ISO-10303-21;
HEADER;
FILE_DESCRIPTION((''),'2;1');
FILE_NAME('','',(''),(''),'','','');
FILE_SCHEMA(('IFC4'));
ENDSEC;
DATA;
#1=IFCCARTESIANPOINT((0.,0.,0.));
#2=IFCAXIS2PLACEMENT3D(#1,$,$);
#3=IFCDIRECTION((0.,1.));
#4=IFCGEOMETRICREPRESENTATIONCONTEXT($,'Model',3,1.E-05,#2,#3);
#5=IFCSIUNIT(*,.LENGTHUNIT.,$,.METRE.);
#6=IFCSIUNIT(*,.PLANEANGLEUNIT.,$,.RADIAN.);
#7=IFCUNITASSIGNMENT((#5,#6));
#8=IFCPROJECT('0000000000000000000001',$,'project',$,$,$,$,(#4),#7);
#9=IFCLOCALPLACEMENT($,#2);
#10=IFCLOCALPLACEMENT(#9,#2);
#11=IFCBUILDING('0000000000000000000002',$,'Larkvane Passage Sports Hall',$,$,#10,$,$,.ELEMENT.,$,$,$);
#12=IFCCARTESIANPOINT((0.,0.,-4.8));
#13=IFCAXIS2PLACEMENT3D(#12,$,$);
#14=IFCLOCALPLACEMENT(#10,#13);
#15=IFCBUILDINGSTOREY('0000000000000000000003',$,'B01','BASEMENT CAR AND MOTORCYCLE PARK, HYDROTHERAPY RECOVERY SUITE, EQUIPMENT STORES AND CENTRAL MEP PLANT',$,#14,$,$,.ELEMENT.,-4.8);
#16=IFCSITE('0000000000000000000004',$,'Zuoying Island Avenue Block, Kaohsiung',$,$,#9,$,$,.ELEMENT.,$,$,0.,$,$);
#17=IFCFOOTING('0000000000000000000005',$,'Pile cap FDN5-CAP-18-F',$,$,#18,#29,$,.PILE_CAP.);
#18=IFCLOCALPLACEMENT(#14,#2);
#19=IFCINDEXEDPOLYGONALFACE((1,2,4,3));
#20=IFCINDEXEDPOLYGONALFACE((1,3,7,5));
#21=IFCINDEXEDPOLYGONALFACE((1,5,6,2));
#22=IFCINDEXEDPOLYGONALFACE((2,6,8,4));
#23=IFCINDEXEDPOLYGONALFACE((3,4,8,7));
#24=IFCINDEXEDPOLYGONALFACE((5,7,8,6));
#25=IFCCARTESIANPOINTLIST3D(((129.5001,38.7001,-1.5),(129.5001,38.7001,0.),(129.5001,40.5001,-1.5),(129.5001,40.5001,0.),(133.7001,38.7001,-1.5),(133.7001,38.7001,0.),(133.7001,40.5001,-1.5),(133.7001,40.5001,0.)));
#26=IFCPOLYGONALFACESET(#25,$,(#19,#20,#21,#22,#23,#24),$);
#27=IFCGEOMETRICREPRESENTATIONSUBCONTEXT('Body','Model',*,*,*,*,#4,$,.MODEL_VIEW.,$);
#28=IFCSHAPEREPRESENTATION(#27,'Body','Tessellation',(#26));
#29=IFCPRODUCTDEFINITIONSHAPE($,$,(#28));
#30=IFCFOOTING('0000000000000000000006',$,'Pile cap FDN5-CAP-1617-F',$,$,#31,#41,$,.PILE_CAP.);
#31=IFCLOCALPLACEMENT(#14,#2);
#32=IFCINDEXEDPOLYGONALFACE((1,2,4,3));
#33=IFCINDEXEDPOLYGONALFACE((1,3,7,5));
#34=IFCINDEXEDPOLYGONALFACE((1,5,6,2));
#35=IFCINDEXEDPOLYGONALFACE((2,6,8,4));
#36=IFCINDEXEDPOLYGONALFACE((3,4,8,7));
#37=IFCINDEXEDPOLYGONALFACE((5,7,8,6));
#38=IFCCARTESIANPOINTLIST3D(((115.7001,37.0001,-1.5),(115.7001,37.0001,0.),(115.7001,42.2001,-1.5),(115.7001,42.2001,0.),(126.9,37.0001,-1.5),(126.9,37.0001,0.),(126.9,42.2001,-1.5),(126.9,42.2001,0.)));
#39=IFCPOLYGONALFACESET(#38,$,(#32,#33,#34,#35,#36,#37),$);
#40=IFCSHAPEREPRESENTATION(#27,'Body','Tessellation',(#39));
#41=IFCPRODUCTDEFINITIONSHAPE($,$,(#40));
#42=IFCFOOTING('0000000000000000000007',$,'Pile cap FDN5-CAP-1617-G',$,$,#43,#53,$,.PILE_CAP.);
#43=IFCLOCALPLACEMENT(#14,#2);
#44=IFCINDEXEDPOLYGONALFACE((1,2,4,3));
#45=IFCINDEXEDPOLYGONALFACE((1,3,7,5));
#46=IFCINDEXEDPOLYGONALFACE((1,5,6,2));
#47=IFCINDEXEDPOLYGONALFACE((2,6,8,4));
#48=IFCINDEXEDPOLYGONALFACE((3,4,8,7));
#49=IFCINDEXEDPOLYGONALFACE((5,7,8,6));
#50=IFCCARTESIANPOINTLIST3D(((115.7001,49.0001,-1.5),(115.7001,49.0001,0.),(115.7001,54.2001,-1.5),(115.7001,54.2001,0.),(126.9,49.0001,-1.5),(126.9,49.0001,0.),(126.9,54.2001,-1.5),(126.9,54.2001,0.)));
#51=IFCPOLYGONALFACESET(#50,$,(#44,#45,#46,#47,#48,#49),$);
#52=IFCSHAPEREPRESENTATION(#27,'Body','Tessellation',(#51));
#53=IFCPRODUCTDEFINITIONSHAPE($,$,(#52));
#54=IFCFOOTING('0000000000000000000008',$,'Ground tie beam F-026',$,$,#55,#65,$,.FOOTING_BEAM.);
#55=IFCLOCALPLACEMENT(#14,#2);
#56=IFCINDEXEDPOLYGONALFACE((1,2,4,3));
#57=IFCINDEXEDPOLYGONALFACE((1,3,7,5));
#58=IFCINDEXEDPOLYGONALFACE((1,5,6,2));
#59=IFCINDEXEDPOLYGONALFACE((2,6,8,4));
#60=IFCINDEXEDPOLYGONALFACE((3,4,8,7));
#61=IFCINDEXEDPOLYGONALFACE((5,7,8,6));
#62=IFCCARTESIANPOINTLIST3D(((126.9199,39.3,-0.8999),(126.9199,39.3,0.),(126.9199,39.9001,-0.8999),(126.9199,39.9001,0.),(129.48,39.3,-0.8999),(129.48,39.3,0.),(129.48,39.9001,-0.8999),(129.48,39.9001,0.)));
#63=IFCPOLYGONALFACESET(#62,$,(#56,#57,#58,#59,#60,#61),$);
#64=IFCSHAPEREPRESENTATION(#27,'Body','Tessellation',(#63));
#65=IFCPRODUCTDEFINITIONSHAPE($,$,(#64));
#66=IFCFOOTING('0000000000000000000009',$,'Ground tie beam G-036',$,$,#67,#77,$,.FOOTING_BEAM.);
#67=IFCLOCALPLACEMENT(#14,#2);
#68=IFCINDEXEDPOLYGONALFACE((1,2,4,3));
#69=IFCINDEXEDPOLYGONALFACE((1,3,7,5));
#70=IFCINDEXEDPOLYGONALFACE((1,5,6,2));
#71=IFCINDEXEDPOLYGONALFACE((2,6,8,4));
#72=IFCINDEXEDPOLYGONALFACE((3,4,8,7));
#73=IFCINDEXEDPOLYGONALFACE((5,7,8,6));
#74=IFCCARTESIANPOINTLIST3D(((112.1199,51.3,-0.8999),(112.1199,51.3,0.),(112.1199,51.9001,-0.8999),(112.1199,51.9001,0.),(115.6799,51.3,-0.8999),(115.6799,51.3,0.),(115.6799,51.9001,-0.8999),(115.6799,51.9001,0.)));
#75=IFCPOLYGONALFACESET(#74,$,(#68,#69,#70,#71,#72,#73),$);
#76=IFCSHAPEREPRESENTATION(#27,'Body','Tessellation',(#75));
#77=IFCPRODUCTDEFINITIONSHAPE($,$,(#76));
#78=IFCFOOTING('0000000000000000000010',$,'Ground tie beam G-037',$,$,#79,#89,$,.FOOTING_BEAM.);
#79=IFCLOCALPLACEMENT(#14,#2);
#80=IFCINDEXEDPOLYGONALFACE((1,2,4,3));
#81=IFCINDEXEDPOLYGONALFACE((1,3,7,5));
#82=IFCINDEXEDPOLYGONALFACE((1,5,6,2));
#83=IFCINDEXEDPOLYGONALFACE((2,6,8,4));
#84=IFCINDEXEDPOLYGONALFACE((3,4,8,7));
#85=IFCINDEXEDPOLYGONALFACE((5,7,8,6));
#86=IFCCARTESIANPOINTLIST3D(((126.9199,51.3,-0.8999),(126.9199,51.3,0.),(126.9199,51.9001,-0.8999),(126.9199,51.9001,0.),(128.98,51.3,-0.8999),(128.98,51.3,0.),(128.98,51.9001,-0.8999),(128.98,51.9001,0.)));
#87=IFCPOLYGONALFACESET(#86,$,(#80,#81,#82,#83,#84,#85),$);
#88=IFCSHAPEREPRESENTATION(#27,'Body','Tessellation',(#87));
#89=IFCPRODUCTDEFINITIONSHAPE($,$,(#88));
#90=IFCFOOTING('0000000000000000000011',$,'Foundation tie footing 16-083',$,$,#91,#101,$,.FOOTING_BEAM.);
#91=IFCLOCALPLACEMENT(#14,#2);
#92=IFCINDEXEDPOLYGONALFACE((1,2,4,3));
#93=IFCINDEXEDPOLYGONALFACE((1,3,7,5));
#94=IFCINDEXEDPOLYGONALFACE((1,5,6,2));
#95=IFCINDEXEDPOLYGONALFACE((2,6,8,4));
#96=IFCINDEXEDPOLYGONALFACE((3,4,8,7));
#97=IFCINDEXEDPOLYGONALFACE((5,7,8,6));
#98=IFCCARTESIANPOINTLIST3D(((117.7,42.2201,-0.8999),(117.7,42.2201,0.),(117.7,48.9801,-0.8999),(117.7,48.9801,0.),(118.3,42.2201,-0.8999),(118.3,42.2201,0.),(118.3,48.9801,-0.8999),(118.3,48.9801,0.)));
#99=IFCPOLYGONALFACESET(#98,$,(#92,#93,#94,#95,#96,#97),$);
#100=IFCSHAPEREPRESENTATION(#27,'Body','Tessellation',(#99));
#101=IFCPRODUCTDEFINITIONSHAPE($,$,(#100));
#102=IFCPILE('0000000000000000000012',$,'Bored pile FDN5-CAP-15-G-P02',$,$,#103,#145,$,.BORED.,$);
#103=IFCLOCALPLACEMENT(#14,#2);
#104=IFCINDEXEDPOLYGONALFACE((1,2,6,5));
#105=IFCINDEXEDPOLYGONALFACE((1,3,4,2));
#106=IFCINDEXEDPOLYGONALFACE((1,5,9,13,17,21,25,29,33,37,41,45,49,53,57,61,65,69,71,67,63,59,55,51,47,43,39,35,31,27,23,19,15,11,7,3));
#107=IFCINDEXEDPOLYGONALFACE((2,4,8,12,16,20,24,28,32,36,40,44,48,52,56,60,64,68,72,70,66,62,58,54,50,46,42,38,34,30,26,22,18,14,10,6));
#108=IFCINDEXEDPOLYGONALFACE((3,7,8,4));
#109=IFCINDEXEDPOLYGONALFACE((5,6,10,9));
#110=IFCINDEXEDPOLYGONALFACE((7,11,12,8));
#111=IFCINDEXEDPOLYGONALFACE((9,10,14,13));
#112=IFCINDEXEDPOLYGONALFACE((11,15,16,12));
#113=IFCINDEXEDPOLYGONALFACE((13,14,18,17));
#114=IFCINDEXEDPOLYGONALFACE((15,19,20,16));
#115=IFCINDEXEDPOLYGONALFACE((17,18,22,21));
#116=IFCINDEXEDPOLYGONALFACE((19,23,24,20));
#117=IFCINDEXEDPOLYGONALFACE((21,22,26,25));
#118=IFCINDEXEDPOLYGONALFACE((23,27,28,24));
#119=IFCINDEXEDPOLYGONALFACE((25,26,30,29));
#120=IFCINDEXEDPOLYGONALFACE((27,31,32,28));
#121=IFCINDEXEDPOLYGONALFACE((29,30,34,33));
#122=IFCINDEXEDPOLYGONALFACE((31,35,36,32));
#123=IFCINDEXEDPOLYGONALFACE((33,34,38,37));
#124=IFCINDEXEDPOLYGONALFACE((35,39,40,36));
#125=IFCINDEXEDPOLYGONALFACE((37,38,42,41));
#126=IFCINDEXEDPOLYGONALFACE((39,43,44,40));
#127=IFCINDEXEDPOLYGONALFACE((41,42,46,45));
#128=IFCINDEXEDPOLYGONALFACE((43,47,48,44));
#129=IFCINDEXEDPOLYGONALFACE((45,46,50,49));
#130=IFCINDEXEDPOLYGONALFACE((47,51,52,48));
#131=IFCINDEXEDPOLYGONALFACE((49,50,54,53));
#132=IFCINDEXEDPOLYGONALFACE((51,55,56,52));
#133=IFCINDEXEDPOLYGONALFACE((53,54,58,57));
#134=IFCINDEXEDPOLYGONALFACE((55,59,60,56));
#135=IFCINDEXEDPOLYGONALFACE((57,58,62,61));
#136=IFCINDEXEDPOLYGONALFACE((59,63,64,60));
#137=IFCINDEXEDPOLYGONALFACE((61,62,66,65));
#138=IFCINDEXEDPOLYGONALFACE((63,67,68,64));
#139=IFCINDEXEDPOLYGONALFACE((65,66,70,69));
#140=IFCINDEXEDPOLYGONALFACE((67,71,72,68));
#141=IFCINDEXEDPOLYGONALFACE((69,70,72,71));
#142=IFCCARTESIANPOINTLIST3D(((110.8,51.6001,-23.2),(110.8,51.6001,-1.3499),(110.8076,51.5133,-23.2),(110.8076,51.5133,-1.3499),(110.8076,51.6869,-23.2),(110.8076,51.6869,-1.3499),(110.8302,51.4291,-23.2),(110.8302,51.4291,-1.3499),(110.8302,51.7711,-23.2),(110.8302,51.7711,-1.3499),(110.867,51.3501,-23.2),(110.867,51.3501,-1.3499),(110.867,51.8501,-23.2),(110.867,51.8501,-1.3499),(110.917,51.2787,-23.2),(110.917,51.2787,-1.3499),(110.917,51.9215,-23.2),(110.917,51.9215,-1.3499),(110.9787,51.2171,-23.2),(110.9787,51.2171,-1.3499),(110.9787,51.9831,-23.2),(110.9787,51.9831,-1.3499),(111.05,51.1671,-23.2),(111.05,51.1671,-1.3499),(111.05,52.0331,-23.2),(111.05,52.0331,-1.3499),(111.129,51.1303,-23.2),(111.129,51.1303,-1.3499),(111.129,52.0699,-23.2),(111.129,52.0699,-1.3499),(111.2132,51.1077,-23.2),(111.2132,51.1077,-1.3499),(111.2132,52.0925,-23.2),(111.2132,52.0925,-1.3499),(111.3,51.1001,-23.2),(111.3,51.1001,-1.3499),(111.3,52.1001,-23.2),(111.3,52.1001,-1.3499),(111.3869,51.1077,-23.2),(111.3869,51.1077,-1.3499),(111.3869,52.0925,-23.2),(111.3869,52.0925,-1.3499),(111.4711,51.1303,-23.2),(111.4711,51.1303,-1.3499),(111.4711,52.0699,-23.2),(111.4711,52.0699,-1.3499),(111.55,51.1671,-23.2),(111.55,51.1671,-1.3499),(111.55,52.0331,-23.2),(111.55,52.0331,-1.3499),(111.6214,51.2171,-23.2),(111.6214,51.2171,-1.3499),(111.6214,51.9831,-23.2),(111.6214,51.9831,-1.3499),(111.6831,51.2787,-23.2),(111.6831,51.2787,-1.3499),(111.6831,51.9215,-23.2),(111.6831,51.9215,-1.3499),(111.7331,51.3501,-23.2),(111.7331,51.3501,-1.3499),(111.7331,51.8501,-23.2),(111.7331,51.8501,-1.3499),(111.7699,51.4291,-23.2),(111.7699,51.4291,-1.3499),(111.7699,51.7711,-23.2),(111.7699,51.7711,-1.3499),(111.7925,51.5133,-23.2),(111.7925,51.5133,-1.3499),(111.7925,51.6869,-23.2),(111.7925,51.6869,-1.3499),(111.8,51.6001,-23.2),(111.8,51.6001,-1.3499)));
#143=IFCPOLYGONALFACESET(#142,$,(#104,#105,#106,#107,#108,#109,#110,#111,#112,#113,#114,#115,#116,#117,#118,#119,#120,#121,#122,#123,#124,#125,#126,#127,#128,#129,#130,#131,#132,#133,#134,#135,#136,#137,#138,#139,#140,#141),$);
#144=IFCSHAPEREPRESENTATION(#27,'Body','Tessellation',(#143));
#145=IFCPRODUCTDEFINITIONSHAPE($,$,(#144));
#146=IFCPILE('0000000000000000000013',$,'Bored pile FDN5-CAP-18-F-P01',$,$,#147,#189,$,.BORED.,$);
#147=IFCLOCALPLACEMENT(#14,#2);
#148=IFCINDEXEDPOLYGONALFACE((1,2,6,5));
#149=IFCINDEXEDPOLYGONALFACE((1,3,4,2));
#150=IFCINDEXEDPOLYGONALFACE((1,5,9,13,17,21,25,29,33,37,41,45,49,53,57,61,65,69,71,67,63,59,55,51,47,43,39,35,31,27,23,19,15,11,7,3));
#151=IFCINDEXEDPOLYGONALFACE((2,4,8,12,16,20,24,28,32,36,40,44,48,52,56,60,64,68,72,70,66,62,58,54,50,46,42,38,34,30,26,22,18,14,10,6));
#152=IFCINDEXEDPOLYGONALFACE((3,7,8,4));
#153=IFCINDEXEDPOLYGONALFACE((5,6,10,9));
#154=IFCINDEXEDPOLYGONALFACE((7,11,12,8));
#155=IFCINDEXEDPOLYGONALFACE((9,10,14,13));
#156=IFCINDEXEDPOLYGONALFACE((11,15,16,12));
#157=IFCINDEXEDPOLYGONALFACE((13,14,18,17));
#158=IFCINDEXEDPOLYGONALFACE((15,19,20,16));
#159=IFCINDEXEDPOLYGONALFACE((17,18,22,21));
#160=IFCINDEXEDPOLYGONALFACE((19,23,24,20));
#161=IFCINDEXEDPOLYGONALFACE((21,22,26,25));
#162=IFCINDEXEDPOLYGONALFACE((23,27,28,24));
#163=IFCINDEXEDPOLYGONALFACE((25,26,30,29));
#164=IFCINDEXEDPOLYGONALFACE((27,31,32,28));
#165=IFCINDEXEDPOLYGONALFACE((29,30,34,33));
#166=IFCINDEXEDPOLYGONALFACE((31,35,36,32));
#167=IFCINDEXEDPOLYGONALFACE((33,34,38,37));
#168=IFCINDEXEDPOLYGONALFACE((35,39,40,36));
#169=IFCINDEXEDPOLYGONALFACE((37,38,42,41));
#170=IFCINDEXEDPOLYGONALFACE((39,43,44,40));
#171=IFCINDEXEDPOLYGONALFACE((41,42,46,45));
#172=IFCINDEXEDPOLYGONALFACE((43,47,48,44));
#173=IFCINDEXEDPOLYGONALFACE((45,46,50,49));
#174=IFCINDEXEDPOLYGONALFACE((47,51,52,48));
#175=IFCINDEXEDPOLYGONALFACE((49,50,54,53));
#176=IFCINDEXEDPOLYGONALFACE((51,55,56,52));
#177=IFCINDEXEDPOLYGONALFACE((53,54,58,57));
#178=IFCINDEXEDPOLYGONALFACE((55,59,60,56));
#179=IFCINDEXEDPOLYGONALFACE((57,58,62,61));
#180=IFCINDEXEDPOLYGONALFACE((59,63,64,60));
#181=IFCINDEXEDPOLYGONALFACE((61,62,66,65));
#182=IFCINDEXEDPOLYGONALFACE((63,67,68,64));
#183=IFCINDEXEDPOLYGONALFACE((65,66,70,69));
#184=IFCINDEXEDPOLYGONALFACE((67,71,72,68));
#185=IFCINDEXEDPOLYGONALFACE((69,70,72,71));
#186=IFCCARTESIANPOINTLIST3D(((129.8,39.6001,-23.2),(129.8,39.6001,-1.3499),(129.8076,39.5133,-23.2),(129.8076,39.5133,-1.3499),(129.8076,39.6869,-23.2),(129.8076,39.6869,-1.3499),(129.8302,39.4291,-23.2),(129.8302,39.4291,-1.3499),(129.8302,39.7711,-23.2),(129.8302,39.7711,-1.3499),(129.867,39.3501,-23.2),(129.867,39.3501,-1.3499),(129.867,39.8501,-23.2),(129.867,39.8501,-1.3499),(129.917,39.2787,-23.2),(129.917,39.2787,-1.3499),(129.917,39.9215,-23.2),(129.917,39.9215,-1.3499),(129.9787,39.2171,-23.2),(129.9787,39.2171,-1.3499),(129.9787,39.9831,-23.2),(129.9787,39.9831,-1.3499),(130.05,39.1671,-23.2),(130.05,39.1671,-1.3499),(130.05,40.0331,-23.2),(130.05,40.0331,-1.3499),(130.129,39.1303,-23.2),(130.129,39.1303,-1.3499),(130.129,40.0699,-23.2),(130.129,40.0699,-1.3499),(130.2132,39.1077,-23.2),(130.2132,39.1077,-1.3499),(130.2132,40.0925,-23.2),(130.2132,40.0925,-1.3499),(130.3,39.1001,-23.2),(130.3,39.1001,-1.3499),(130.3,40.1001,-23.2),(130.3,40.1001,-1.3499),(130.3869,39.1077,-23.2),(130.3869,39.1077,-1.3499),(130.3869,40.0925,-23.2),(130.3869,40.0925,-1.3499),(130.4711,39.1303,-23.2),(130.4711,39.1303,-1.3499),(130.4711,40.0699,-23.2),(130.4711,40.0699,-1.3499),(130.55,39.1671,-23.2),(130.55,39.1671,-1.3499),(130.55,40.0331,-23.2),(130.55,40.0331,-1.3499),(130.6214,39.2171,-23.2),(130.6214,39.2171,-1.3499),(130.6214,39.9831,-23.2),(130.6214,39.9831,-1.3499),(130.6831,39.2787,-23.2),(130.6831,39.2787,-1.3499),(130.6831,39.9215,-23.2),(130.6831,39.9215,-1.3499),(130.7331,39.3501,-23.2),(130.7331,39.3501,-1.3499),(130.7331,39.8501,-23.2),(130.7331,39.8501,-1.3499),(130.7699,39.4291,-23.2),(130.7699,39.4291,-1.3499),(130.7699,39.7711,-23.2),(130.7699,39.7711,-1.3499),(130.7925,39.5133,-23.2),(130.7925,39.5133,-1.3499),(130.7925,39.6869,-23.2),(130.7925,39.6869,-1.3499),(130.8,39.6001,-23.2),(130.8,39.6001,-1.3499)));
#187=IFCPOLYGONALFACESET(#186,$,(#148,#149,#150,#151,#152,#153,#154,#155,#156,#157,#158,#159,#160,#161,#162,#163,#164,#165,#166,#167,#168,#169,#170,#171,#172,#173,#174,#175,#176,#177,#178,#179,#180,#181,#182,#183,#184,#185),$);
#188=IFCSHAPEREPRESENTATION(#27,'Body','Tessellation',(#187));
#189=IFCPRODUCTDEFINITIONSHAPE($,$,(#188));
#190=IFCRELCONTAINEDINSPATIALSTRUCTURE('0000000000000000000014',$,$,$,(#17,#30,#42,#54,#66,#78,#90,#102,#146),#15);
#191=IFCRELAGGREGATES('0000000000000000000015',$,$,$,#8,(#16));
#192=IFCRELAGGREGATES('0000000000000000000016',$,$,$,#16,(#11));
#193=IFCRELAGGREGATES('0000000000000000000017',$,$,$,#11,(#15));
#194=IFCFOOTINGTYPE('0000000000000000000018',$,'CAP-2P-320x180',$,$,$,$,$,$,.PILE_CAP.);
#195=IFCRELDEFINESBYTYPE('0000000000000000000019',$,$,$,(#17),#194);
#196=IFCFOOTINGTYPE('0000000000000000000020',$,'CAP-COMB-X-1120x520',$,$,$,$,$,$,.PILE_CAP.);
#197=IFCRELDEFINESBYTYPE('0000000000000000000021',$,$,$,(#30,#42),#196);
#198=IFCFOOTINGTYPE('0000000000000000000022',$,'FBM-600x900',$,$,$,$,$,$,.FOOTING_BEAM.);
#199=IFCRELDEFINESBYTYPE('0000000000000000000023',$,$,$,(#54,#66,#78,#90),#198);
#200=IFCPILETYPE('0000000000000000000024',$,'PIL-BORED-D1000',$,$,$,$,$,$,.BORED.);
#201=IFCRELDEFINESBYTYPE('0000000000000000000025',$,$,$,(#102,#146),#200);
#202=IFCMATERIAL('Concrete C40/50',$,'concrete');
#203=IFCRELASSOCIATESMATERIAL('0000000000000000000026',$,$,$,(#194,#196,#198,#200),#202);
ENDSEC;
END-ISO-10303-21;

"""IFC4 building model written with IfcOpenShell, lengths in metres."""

from ifc_helpers import new_model, si_unit, direction, frame, origin, origin_2d, place, context, subcontext, project, spatial, rectangle, circle, extrude, material, material_profile, profile_set, type_object, element, save


model = new_model("IFC4")

# Units and contexts
model_context = context("Model", 3, precision=1e-05, world=origin(), true_north=direction((0.0, 1.0)))
body_context = subcontext(model_context, "Body", "Model", "MODEL_VIEW")
ifc_project = project(units=[si_unit("LENGTHUNIT", "METRE"), si_unit("PLANEANGLEUNIT", "RADIAN")], contexts=[model_context])

# Site, building, storey
site_placement = place(None, origin())
site = spatial("IfcSite", under=ifc_project, at=site_placement, Name="Zuoying Island Avenue Block, Kaohsiung", CompositionType="ELEMENT", RefElevation=0.0)
building_placement = place(site_placement, origin())
building = spatial("IfcBuilding", under=site, at=building_placement, Name="Larkvane Passage Sports Hall", CompositionType="ELEMENT")
storey_placement = place(building_placement, frame((0.0, 0.0, -4.8)))
storey = spatial("IfcBuildingStorey", under=building, at=storey_placement, Name="B01", Description="BASEMENT CAR AND MOTORCYCLE PARK, HYDROTHERAPY RECOVERY SUITE, EQUIPMENT STORES AND CENTRAL MEP PLANT", CompositionType="ELEMENT", Elevation=-4.8)

# Footings
ifc_material_1 = material(Name="Concrete C40/50", Category="concrete")
footing_type_1 = type_object("IfcFootingType", Name="CAP-2P-320x180", PredefinedType="PILE_CAP", material=ifc_material_1)
footing_1_placement = place(storey_placement, frame((131.6001, 39.6001, -1.5), z_axis=(0.0, 0.0, 1.0), x_axis=(1.0, 0.0, 0.0)))
element("IfcFooting", 1, at=footing_1_placement, inside=storey, type_object=footing_type_1, Name="Pile cap FDN5-CAP-18-F", PredefinedType="PILE_CAP", context=body_context, shape_type="SweptSolid", body=[
    extrude(rectangle(XDim=4.2, YDim=1.8, at=origin_2d()), origin(), (0.0, 0.0, 1.0), 1.5),
])
footing_type_2 = type_object("IfcFootingType", Name="CAP-COMB-X-1120x520", PredefinedType="PILE_CAP", material=ifc_material_1)
for number, where, z_axis, x_axis, name in (
    (2, (121.3, 39.6001, -1.5), (0.0, 0.0, 1.0), (1.0, 0.0, 0.0), "Pile cap FDN5-CAP-1617-F"),
    (3, (121.3, 51.6001, -1.5), (0.0, 0.0, 1.0), (1.0, 0.0, 0.0), "Pile cap FDN5-CAP-1617-G"),
):
    element("IfcFooting", number, at=place(storey_placement, frame(where, z_axis=z_axis, x_axis=x_axis)), inside=storey, type_object=footing_type_2, Name=name, PredefinedType="PILE_CAP", context=body_context, shape_type="SweptSolid", body=[
        extrude(rectangle(XDim=11.2, YDim=5.2, at=origin_2d()), origin(), (0.0, 0.0, 1.0), 1.5),
    ])
footing_type_3 = type_object("IfcFootingType", Name="FBM-600x900", PredefinedType="FOOTING_BEAM", material=ifc_material_1)
footing_2_placement = place(storey_placement, frame((128.2, 39.6001, -0.8999), z_axis=(0.0, 0.0, 1.0), x_axis=(1.0, 0.0, 0.0)))
element("IfcFooting", 4, at=footing_2_placement, inside=storey, type_object=footing_type_3, Name="Ground tie beam F-026", PredefinedType="FOOTING_BEAM", context=body_context, shape_type="SweptSolid", body=[
    extrude(rectangle(XDim=2.5601, YDim=0.6001, at=origin_2d()), origin(), (0.0, 0.0, 1.0), 0.8999),
])
footing_3_placement = place(storey_placement, frame((113.8999, 51.6001, -0.8999), z_axis=(0.0, 0.0, 1.0), x_axis=(1.0, 0.0, 0.0)))
element("IfcFooting", 5, at=footing_3_placement, inside=storey, type_object=footing_type_3, Name="Ground tie beam G-036", PredefinedType="FOOTING_BEAM", context=body_context, shape_type="SweptSolid", body=[
    extrude(rectangle(XDim=3.5601, YDim=0.6001, at=origin_2d()), origin(), (0.0, 0.0, 1.0), 0.8999),
])
footing_4_placement = place(storey_placement, frame((127.95, 51.6001, -0.8999), z_axis=(0.0, 0.0, 1.0), x_axis=(1.0, 0.0, 0.0)))
element("IfcFooting", 6, at=footing_4_placement, inside=storey, type_object=footing_type_3, Name="Ground tie beam G-037", PredefinedType="FOOTING_BEAM", context=body_context, shape_type="SweptSolid", body=[
    extrude(rectangle(XDim=2.0601, YDim=0.6001, at=origin_2d()), origin(), (0.0, 0.0, 1.0), 0.8999),
])
footing_5_placement = place(storey_placement, frame((118.0, 45.6001, -0.8999), z_axis=(0.0, 0.0, 1.0), x_axis=(1.0, 0.0, 0.0)))
element("IfcFooting", 7, at=footing_5_placement, inside=storey, type_object=footing_type_3, Name="Foundation tie footing 16-083", PredefinedType="FOOTING_BEAM", context=body_context, shape_type="SweptSolid", body=[
    extrude(rectangle(XDim=0.6001, YDim=6.76, at=origin_2d()), origin(), (0.0, 0.0, 1.0), 0.8999),
])

# Piles
ifc_material_profile_1 = material_profile(ifc_material_1, circle(Radius=0.5, at=origin_2d()), Name="PILE-D1000")
ifc_profile_set_1 = profile_set([ifc_material_profile_1], Name="Concrete C40/50")
pile_type_1 = type_object("IfcPileType", Name="PIL-BORED-D1000", PredefinedType="BORED", material=ifc_profile_set_1)
for number, where, z_axis, x_axis, name in (
    (8, (111.3, 51.6001, -1.3499), (0.0, 0.0, -1.0), (1.0, 0.0, 0.0), "Bored pile FDN5-CAP-15-G-P02"),
    (9, (130.3, 39.6001, -1.3499), (0.0, 0.0, -1.0), (1.0, 0.0, 0.0), "Bored pile FDN5-CAP-18-F-P01"),
):
    element("IfcPile", number, at=place(storey_placement, frame(where, z_axis=z_axis, x_axis=x_axis)), inside=storey, type_object=pile_type_1, Name=name, PredefinedType="BORED", context=body_context, shape_type="SweptSolid", body=[
        extrude(circle(Radius=0.5, at=origin_2d()), origin(), (0.0, 0.0, 1.0), 21.8501),
    ])

save(model, "model.ifc")
